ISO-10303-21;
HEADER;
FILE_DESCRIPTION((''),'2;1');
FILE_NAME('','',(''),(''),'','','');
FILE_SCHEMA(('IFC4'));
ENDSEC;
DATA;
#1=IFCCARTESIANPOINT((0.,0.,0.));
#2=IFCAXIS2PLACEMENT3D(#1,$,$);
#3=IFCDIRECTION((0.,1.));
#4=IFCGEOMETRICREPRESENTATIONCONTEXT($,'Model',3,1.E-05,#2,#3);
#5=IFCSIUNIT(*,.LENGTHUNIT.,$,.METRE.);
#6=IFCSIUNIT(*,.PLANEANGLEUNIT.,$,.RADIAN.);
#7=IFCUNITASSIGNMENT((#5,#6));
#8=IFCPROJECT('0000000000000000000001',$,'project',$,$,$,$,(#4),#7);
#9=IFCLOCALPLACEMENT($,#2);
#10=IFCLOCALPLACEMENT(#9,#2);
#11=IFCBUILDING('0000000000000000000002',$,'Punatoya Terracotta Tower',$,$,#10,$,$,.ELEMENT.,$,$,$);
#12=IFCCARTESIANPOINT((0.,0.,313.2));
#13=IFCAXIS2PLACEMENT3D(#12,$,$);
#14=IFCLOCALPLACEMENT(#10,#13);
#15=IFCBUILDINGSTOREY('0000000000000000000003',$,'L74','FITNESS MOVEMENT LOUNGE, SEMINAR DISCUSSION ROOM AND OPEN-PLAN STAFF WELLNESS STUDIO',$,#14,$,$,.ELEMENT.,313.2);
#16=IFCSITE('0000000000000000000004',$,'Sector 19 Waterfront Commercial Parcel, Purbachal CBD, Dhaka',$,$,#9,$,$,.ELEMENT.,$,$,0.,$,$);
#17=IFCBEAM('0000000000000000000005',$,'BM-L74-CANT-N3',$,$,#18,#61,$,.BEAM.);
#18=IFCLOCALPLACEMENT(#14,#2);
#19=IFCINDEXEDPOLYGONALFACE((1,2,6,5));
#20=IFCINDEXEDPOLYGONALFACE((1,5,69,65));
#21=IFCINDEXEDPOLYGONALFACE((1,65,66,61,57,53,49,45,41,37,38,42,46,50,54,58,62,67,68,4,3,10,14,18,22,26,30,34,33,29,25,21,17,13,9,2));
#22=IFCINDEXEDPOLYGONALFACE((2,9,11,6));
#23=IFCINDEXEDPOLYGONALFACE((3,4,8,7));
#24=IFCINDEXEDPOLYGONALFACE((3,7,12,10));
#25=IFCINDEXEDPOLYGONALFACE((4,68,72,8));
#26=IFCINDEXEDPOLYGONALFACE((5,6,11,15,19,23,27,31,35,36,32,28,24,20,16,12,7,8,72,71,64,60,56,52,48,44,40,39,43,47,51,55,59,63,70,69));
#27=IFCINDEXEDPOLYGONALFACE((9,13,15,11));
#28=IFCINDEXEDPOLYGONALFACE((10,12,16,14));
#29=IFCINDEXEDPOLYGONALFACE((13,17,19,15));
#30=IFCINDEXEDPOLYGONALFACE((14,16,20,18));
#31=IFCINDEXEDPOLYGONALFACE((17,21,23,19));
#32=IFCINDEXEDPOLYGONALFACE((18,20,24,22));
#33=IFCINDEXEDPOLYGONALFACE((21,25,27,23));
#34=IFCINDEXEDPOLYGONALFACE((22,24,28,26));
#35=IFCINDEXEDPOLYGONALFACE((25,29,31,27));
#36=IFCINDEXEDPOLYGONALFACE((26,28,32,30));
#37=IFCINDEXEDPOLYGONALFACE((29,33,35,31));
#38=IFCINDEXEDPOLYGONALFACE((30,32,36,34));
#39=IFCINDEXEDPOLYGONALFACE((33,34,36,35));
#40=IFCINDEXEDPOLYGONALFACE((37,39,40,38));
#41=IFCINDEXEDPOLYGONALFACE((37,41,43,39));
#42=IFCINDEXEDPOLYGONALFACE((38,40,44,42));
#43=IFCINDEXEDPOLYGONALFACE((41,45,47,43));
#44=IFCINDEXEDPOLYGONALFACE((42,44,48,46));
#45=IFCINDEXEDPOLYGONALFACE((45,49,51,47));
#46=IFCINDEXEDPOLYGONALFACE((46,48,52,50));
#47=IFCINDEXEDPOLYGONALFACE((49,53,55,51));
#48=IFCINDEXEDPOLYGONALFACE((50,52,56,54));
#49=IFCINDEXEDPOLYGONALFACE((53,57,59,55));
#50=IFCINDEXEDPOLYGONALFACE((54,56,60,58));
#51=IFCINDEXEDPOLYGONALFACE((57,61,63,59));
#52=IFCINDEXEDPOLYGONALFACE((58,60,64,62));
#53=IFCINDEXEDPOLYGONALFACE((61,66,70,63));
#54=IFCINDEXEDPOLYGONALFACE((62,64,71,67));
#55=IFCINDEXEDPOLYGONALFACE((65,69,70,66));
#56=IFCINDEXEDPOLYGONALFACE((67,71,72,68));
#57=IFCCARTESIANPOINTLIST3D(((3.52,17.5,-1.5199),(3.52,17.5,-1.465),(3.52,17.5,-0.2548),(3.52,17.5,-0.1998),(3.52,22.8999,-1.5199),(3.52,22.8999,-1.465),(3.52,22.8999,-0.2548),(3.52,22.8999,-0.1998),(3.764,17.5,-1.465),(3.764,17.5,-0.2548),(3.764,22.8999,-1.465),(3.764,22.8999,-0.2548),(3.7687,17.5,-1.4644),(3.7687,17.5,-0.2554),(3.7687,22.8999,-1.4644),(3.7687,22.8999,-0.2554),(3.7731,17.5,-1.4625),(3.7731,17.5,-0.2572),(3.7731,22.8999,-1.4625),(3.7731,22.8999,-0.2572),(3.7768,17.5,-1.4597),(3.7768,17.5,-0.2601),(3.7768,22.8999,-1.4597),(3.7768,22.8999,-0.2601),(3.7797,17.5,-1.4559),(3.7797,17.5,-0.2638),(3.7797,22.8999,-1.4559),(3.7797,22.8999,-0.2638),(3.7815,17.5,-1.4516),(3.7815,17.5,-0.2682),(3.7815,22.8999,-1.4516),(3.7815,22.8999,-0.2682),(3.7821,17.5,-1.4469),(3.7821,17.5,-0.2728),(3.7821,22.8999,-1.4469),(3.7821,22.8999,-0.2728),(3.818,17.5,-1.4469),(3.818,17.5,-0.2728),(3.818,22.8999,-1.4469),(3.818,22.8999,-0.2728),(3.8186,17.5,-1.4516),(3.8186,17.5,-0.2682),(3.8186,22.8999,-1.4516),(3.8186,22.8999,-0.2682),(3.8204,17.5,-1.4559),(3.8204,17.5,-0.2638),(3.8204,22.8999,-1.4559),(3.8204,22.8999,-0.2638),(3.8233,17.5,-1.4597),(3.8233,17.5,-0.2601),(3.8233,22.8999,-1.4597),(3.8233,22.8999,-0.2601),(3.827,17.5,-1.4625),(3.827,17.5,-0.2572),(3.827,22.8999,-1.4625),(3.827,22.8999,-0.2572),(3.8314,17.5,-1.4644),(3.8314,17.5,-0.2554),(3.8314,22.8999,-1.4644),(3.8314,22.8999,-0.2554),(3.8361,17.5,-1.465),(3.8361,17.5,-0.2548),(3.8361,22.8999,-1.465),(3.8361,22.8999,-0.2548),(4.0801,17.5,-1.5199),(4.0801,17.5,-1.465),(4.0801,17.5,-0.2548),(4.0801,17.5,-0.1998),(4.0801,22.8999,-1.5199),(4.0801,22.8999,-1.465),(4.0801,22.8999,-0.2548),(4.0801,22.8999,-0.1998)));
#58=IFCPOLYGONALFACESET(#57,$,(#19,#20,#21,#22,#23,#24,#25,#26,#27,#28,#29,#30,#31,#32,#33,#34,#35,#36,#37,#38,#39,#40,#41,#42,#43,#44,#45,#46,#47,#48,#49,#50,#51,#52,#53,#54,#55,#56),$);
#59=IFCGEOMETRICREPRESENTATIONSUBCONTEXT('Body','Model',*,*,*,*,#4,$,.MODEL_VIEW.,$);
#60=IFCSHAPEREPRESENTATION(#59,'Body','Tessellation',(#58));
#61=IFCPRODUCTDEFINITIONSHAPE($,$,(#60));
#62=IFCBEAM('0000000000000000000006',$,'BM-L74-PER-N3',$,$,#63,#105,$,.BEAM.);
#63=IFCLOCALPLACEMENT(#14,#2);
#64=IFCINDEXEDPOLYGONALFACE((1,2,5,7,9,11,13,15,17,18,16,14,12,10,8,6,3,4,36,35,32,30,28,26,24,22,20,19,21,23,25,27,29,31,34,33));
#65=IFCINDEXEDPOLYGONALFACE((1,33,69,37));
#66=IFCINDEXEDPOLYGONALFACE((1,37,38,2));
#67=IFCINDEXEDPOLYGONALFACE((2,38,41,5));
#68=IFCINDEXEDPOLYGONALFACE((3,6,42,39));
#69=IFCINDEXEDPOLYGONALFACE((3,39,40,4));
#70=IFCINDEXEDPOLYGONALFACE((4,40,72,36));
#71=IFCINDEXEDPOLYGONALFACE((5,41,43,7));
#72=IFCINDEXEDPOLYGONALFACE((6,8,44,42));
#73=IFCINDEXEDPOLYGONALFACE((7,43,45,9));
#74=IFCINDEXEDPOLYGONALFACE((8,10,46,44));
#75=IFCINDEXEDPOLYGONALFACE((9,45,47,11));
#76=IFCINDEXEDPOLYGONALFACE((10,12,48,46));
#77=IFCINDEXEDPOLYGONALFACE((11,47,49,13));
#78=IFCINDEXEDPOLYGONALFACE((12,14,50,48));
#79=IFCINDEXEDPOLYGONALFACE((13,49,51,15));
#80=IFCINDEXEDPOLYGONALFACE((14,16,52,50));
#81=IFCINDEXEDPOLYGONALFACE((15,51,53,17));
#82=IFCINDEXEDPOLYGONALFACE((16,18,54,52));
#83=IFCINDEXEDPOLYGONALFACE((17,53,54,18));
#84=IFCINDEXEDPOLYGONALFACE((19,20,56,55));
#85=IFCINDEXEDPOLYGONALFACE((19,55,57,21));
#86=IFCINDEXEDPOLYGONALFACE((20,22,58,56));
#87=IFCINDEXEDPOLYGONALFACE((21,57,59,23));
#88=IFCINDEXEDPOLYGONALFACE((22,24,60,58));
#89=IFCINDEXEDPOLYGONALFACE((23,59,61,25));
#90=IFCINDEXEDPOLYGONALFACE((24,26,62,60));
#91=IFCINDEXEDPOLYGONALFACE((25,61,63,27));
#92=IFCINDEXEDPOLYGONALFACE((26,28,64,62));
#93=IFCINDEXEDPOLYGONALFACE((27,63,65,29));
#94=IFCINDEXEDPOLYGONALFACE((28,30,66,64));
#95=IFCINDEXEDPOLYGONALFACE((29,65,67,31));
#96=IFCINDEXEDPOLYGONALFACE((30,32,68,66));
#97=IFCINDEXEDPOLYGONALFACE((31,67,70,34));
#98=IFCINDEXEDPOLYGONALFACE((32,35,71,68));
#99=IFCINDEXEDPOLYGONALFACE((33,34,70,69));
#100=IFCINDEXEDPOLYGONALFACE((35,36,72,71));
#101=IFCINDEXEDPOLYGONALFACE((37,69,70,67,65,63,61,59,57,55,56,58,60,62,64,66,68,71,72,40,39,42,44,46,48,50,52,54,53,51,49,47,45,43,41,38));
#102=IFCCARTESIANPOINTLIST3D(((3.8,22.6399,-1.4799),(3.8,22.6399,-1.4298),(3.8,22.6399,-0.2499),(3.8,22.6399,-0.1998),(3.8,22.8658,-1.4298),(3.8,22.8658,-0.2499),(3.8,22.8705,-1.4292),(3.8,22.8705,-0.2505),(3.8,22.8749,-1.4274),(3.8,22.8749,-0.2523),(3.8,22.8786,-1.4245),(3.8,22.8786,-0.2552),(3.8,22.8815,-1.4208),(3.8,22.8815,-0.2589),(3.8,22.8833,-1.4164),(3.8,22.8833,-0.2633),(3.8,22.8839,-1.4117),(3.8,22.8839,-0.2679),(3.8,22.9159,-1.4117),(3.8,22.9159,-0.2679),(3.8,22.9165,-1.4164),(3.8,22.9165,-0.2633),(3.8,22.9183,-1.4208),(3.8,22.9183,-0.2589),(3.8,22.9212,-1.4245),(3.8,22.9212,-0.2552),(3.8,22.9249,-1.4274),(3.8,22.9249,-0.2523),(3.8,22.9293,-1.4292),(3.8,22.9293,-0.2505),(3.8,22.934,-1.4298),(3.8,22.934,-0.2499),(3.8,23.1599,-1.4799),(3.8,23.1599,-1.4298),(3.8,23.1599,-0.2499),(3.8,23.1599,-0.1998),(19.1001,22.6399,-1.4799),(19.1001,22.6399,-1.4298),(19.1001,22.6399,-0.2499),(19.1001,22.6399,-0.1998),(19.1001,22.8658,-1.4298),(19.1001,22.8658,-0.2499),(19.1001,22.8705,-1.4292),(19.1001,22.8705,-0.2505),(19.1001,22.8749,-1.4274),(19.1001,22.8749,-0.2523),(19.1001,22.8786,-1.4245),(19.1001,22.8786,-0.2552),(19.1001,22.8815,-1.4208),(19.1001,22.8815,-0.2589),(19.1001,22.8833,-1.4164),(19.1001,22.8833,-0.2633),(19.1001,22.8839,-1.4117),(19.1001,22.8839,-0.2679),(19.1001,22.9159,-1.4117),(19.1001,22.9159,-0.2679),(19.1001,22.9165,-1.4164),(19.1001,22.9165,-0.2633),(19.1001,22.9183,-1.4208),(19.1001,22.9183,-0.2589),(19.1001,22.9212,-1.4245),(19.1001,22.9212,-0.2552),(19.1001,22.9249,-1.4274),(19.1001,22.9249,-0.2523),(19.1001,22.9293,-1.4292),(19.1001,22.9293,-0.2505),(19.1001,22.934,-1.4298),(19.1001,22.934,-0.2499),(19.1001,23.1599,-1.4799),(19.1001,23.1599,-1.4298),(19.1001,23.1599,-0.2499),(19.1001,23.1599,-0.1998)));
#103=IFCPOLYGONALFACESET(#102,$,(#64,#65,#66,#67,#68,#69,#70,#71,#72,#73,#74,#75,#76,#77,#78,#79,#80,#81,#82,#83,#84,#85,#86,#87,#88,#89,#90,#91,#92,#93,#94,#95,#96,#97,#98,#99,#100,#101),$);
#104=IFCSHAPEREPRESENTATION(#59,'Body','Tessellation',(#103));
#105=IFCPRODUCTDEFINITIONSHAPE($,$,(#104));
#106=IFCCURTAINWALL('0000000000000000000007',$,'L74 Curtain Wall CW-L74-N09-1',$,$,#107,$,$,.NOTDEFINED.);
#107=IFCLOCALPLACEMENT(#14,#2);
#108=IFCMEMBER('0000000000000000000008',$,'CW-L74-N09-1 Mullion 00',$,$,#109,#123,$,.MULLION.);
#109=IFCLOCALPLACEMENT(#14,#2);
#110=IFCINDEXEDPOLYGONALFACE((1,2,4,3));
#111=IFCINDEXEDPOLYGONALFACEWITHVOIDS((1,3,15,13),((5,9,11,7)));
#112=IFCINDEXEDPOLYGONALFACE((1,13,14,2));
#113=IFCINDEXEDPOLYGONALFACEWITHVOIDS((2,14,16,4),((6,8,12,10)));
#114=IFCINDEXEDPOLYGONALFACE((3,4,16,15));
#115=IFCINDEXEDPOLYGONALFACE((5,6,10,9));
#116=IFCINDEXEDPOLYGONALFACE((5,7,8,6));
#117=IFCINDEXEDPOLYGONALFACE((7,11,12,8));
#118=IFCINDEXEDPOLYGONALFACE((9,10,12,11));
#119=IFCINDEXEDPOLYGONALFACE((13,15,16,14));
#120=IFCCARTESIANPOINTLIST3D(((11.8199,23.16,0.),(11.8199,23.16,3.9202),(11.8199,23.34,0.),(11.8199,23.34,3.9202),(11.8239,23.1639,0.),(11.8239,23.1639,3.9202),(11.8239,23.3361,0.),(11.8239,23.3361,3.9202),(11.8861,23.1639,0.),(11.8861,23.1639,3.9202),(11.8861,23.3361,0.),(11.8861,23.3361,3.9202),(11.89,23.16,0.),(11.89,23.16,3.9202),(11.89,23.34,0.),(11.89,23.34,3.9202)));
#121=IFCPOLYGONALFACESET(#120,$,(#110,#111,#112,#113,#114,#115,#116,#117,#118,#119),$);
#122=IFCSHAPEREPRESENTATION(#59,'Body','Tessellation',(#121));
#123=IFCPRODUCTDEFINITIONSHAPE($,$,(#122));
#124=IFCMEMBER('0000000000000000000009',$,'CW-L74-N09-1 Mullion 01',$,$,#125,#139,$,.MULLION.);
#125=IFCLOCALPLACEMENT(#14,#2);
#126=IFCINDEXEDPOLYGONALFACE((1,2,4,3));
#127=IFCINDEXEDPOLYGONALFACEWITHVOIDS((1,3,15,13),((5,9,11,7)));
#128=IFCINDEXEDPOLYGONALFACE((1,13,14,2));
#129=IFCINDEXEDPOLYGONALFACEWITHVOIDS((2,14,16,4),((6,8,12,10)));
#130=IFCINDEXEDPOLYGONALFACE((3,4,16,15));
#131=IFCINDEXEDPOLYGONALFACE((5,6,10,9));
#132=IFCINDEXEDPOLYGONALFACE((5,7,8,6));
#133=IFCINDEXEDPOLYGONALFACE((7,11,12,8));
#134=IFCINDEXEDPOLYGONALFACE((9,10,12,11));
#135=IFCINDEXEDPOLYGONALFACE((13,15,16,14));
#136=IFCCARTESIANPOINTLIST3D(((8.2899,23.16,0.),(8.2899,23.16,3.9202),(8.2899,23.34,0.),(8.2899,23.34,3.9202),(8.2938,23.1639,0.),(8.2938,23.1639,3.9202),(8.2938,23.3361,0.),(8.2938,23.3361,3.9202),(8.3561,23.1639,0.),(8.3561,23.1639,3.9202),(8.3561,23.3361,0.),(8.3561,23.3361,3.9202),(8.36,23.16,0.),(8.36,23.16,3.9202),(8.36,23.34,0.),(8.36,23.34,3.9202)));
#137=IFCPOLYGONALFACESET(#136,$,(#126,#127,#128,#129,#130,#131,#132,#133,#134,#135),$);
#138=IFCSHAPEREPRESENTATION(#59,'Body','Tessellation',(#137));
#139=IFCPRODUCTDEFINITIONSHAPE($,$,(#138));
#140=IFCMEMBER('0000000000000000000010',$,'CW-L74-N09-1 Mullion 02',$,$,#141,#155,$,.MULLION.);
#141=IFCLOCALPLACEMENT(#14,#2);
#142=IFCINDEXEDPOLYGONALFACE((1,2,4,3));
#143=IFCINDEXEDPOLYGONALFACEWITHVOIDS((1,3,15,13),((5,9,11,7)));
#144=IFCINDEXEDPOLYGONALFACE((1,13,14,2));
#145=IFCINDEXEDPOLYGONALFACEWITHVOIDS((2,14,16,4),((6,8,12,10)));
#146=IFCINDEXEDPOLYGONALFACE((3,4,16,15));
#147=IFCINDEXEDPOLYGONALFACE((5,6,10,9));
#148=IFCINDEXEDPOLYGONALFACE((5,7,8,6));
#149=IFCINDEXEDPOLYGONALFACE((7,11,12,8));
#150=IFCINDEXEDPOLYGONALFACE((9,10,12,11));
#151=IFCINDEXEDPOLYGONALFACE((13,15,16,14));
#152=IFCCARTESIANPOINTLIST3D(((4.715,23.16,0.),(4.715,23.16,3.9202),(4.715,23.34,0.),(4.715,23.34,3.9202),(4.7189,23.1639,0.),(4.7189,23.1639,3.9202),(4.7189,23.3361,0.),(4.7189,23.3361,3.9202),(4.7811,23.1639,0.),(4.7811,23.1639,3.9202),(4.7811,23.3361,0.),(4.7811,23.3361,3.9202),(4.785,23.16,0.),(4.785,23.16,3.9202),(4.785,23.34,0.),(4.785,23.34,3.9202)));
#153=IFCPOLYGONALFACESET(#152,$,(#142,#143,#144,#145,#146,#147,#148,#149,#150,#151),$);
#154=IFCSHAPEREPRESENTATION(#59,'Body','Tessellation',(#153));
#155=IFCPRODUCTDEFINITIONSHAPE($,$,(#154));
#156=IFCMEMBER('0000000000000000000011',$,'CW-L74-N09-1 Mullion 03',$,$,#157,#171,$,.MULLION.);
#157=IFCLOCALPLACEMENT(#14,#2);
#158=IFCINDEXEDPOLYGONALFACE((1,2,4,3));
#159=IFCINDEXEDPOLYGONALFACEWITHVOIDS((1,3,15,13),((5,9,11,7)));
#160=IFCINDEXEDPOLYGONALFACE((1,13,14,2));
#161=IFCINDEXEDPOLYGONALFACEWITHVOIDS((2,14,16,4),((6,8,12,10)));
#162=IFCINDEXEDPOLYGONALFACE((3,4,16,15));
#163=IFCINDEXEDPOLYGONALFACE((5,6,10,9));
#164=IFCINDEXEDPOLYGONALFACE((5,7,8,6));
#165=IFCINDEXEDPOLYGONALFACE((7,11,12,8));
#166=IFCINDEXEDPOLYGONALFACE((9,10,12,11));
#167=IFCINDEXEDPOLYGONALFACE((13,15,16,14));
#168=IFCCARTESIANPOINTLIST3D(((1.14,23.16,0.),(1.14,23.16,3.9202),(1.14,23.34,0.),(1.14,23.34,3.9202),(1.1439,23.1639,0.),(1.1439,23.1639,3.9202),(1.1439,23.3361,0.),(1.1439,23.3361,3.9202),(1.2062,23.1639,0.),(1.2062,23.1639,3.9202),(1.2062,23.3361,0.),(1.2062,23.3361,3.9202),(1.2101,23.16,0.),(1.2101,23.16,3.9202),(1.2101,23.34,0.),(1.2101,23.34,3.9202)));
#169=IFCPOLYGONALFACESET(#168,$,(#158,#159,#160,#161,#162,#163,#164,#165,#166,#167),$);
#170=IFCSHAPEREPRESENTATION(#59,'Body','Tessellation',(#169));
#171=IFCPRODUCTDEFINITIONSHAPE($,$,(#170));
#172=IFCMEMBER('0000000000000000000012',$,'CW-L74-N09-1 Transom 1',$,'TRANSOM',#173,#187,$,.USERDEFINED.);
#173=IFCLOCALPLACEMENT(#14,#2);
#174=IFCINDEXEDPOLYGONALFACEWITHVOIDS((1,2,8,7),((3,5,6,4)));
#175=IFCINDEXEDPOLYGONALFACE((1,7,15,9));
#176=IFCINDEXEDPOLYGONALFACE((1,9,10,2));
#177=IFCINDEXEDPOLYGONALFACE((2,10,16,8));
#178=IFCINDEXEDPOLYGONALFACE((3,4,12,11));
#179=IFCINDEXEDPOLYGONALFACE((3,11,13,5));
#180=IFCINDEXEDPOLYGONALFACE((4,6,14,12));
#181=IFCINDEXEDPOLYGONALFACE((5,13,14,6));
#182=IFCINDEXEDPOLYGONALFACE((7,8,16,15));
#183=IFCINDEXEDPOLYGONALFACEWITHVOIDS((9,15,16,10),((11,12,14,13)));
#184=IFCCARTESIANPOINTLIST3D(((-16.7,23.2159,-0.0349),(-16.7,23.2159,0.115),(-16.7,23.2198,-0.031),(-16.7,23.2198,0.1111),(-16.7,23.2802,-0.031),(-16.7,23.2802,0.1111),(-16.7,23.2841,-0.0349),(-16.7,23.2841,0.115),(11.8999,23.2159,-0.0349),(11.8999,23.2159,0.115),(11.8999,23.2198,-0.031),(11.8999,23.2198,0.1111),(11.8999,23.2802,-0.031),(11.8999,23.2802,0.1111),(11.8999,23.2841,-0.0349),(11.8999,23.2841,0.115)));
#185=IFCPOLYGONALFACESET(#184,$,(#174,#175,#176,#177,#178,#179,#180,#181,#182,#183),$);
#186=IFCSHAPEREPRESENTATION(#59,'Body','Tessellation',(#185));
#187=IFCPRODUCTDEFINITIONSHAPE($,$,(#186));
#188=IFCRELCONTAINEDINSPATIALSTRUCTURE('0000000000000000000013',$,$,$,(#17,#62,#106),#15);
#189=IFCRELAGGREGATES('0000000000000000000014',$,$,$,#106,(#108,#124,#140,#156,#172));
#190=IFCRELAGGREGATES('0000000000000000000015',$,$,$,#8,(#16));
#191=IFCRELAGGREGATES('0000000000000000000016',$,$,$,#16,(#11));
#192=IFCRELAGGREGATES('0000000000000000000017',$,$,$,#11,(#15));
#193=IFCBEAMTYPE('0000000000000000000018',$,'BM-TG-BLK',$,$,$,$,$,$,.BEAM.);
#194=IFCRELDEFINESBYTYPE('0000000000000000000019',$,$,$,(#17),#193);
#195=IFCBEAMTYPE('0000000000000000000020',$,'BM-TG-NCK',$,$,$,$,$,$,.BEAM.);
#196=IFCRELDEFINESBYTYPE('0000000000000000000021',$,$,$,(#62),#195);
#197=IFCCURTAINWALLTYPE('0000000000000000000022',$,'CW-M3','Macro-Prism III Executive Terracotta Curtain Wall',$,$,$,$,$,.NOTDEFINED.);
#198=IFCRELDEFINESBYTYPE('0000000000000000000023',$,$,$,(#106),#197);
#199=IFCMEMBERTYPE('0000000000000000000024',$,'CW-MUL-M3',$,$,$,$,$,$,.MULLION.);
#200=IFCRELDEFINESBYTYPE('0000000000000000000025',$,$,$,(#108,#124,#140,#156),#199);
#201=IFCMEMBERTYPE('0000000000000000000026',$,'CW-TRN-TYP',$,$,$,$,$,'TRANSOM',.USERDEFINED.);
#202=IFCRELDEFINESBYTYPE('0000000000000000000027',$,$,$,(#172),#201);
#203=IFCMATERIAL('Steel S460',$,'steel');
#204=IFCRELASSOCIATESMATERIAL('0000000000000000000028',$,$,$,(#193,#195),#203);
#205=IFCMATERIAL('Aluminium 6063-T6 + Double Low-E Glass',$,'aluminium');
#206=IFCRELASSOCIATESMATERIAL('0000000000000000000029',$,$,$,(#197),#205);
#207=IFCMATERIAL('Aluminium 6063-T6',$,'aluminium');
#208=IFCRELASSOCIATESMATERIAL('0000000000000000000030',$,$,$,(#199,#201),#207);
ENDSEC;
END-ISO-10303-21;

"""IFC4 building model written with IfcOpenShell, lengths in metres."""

from ifc_helpers import new_model, si_unit, direction, frame, origin, origin_2d, place, context, subcontext, project, spatial, hollow_rectangle, i_section, extrude, material, material_profile, profile_set, type_object, element, aggregate, save


model = new_model("IFC4")

# Units and contexts
model_context = context("Model", 3, precision=1e-05, world=origin(), true_north=direction((0.0, 1.0)))
body_context = subcontext(model_context, "Body", "Model", "MODEL_VIEW")
ifc_project = project(units=[si_unit("LENGTHUNIT", "METRE"), si_unit("PLANEANGLEUNIT", "RADIAN")], contexts=[model_context])

# Site, building, storey
site_placement = place(None, origin())
site = spatial("IfcSite", under=ifc_project, at=site_placement, Name="Sector 19 Waterfront Commercial Parcel, Purbachal CBD, Dhaka", CompositionType="ELEMENT", RefElevation=0.0)
building_placement = place(site_placement, origin())
building = spatial("IfcBuilding", under=site, at=building_placement, Name="Punatoya Terracotta Tower", CompositionType="ELEMENT")
storey_placement = place(building_placement, frame((0.0, 0.0, 313.2)))
storey = spatial("IfcBuildingStorey", under=building, at=storey_placement, Name="L74", Description="FITNESS MOVEMENT LOUNGE, SEMINAR DISCUSSION ROOM AND OPEN-PLAN STAFF WELLNESS STUDIO", CompositionType="ELEMENT", Elevation=313.2)

# Shared definitions
ifc_material_1 = material(Name="Steel S460", Category="steel")

# Beams
ifc_material_profile_1 = material_profile(ifc_material_1, i_section(OverallWidth=0.5601, OverallDepth=1.3201, WebThickness=0.0359, FlangeThickness=0.0549, FilletRadius=0.0181, at=origin_2d()))
ifc_profile_set_1 = profile_set([ifc_material_profile_1], Name="Steel S460")
beam_type_1 = type_object("IfcBeamType", Name="BM-TG-BLK", PredefinedType="BEAM", material=ifc_profile_set_1)
beam_1_placement = place(storey_placement, frame((3.8, 17.5, -0.8599), z_axis=(0.0, 1.0, 0.0), x_axis=(-1.0, 0.0, 0.0)))
element("IfcBeam", 1, at=beam_1_placement, inside=storey, type_object=beam_type_1, Name="BM-L74-CANT-N3", PredefinedType="BEAM", context=body_context, shape_type="SweptSolid", body=[
    extrude(i_section(OverallWidth=0.5601, OverallDepth=1.3201, WebThickness=0.0359, FlangeThickness=0.0549, FilletRadius=0.0181, at=origin_2d()), origin(), (0.0, 0.0, 1.0), 5.3999),
])
ifc_material_profile_2 = material_profile(ifc_material_1, i_section(OverallWidth=0.52, OverallDepth=1.28, WebThickness=0.032, FlangeThickness=0.05, FilletRadius=0.0181, at=origin_2d()))
ifc_profile_set_2 = profile_set([ifc_material_profile_2], Name="Steel S460")
beam_type_2 = type_object("IfcBeamType", Name="BM-TG-NCK", PredefinedType="BEAM", material=ifc_profile_set_2)
beam_2_placement = place(storey_placement, frame((3.8, 22.8999, -0.8398), z_axis=(1.0, 0.0, 0.0), x_axis=(0.0, 1.0, 0.0)))
element("IfcBeam", 2, at=beam_2_placement, inside=storey, type_object=beam_type_2, Name="BM-L74-PER-N3", PredefinedType="BEAM", context=body_context, shape_type="SweptSolid", body=[
    extrude(i_section(OverallWidth=0.52, OverallDepth=1.28, WebThickness=0.032, FlangeThickness=0.05, FilletRadius=0.0181, at=origin_2d()), origin(), (0.0, 0.0, 1.0), 15.3),
])

# Curtain wall, members
ifc_material_2 = material(Name="Aluminium 6063-T6 + Double Low-E Glass", Category="aluminium")
curtain_wall_type = type_object("IfcCurtainWallType", Name="CW-M3", Description="Macro-Prism III Executive Terracotta Curtain Wall", PredefinedType="NOTDEFINED", material=ifc_material_2)
curtain_wall_placement = place(storey_placement, origin())
curtain_wall = element("IfcCurtainWall", 3, at=curtain_wall_placement, inside=storey, type_object=curtain_wall_type, Name="L74 Curtain Wall CW-L74-N09-1", PredefinedType="NOTDEFINED")
ifc_material_3 = material(Name="Aluminium 6063-T6", Category="aluminium")
ifc_material_profile_3 = material_profile(ifc_material_3, hollow_rectangle(XDim=0.0701, YDim=0.1799, WallThickness=0.0039, at=origin_2d()))
ifc_profile_set_3 = profile_set([ifc_material_profile_3], Name="Aluminium 6063-T6")
member_type_1 = type_object("IfcMemberType", Name="CW-MUL-M3", PredefinedType="MULLION", material=ifc_profile_set_3)
member_1_placement = place(storey_placement, frame((11.855, 23.25, 0.0), z_axis=(0.0, 0.0, 1.0), x_axis=(1.0, 0.0, 0.0)))
member_1 = element("IfcMember", 4, at=member_1_placement, type_object=member_type_1, Name="CW-L74-N09-1 Mullion 00", PredefinedType="MULLION", context=body_context, shape_type="SweptSolid", body=[
    extrude(hollow_rectangle(XDim=0.0701, YDim=0.1799, WallThickness=0.0039, at=origin_2d()), origin(), (0.0, 0.0, 1.0), 3.9202),
])
member_2_placement = place(storey_placement, frame((8.325, 23.25, 0.0), z_axis=(0.0, 0.0, 1.0), x_axis=(1.0, 0.0, 0.0)))
member_2 = element("IfcMember", 5, at=member_2_placement, type_object=member_type_1, Name="CW-L74-N09-1 Mullion 01", PredefinedType="MULLION", context=body_context, shape_type="SweptSolid", body=[
    extrude(hollow_rectangle(XDim=0.0701, YDim=0.1799, WallThickness=0.0039, at=origin_2d()), origin(), (0.0, 0.0, 1.0), 3.9202),
])
member_3_placement = place(storey_placement, frame((4.75, 23.25, 0.0), z_axis=(0.0, 0.0, 1.0), x_axis=(1.0, 0.0, 0.0)))
member_3 = element("IfcMember", 6, at=member_3_placement, type_object=member_type_1, Name="CW-L74-N09-1 Mullion 02", PredefinedType="MULLION", context=body_context, shape_type="SweptSolid", body=[
    extrude(hollow_rectangle(XDim=0.0701, YDim=0.1799, WallThickness=0.0039, at=origin_2d()), origin(), (0.0, 0.0, 1.0), 3.9202),
])
member_4_placement = place(storey_placement, frame((1.175, 23.25, 0.0), z_axis=(0.0, 0.0, 1.0), x_axis=(1.0, 0.0, 0.0)))
member_4 = element("IfcMember", 7, at=member_4_placement, type_object=member_type_1, Name="CW-L74-N09-1 Mullion 03", PredefinedType="MULLION", context=body_context, shape_type="SweptSolid", body=[
    extrude(hollow_rectangle(XDim=0.0701, YDim=0.1799, WallThickness=0.0039, at=origin_2d()), origin(), (0.0, 0.0, 1.0), 3.9202),
])
ifc_material_profile_4 = material_profile(ifc_material_3, hollow_rectangle(XDim=0.0681, YDim=0.1499, WallThickness=0.0039, at=origin_2d()))
ifc_profile_set_4 = profile_set([ifc_material_profile_4], Name="Aluminium 6063-T6")
member_type_2 = type_object("IfcMemberType", Name="CW-TRN-TYP", ElementType="TRANSOM", PredefinedType="USERDEFINED", material=ifc_profile_set_4)
member_5_placement = place(storey_placement, frame((11.8999, 23.25, 0.04), z_axis=(-1.0, 0.0, 0.0), x_axis=(0.0, -1.0, 0.0)))
member_5 = element("IfcMember", 8, at=member_5_placement, type_object=member_type_2, Name="CW-L74-N09-1 Transom 1", ObjectType="TRANSOM", PredefinedType="USERDEFINED", context=body_context, shape_type="SweptSolid", body=[
    extrude(hollow_rectangle(XDim=0.0681, YDim=0.1499, WallThickness=0.0039, at=origin_2d()), origin(), (0.0, 0.0, 1.0), 28.5999),
])
aggregate(curtain_wall, [member_1, member_2, member_3, member_4, member_5])

save(model, "model.ifc")
